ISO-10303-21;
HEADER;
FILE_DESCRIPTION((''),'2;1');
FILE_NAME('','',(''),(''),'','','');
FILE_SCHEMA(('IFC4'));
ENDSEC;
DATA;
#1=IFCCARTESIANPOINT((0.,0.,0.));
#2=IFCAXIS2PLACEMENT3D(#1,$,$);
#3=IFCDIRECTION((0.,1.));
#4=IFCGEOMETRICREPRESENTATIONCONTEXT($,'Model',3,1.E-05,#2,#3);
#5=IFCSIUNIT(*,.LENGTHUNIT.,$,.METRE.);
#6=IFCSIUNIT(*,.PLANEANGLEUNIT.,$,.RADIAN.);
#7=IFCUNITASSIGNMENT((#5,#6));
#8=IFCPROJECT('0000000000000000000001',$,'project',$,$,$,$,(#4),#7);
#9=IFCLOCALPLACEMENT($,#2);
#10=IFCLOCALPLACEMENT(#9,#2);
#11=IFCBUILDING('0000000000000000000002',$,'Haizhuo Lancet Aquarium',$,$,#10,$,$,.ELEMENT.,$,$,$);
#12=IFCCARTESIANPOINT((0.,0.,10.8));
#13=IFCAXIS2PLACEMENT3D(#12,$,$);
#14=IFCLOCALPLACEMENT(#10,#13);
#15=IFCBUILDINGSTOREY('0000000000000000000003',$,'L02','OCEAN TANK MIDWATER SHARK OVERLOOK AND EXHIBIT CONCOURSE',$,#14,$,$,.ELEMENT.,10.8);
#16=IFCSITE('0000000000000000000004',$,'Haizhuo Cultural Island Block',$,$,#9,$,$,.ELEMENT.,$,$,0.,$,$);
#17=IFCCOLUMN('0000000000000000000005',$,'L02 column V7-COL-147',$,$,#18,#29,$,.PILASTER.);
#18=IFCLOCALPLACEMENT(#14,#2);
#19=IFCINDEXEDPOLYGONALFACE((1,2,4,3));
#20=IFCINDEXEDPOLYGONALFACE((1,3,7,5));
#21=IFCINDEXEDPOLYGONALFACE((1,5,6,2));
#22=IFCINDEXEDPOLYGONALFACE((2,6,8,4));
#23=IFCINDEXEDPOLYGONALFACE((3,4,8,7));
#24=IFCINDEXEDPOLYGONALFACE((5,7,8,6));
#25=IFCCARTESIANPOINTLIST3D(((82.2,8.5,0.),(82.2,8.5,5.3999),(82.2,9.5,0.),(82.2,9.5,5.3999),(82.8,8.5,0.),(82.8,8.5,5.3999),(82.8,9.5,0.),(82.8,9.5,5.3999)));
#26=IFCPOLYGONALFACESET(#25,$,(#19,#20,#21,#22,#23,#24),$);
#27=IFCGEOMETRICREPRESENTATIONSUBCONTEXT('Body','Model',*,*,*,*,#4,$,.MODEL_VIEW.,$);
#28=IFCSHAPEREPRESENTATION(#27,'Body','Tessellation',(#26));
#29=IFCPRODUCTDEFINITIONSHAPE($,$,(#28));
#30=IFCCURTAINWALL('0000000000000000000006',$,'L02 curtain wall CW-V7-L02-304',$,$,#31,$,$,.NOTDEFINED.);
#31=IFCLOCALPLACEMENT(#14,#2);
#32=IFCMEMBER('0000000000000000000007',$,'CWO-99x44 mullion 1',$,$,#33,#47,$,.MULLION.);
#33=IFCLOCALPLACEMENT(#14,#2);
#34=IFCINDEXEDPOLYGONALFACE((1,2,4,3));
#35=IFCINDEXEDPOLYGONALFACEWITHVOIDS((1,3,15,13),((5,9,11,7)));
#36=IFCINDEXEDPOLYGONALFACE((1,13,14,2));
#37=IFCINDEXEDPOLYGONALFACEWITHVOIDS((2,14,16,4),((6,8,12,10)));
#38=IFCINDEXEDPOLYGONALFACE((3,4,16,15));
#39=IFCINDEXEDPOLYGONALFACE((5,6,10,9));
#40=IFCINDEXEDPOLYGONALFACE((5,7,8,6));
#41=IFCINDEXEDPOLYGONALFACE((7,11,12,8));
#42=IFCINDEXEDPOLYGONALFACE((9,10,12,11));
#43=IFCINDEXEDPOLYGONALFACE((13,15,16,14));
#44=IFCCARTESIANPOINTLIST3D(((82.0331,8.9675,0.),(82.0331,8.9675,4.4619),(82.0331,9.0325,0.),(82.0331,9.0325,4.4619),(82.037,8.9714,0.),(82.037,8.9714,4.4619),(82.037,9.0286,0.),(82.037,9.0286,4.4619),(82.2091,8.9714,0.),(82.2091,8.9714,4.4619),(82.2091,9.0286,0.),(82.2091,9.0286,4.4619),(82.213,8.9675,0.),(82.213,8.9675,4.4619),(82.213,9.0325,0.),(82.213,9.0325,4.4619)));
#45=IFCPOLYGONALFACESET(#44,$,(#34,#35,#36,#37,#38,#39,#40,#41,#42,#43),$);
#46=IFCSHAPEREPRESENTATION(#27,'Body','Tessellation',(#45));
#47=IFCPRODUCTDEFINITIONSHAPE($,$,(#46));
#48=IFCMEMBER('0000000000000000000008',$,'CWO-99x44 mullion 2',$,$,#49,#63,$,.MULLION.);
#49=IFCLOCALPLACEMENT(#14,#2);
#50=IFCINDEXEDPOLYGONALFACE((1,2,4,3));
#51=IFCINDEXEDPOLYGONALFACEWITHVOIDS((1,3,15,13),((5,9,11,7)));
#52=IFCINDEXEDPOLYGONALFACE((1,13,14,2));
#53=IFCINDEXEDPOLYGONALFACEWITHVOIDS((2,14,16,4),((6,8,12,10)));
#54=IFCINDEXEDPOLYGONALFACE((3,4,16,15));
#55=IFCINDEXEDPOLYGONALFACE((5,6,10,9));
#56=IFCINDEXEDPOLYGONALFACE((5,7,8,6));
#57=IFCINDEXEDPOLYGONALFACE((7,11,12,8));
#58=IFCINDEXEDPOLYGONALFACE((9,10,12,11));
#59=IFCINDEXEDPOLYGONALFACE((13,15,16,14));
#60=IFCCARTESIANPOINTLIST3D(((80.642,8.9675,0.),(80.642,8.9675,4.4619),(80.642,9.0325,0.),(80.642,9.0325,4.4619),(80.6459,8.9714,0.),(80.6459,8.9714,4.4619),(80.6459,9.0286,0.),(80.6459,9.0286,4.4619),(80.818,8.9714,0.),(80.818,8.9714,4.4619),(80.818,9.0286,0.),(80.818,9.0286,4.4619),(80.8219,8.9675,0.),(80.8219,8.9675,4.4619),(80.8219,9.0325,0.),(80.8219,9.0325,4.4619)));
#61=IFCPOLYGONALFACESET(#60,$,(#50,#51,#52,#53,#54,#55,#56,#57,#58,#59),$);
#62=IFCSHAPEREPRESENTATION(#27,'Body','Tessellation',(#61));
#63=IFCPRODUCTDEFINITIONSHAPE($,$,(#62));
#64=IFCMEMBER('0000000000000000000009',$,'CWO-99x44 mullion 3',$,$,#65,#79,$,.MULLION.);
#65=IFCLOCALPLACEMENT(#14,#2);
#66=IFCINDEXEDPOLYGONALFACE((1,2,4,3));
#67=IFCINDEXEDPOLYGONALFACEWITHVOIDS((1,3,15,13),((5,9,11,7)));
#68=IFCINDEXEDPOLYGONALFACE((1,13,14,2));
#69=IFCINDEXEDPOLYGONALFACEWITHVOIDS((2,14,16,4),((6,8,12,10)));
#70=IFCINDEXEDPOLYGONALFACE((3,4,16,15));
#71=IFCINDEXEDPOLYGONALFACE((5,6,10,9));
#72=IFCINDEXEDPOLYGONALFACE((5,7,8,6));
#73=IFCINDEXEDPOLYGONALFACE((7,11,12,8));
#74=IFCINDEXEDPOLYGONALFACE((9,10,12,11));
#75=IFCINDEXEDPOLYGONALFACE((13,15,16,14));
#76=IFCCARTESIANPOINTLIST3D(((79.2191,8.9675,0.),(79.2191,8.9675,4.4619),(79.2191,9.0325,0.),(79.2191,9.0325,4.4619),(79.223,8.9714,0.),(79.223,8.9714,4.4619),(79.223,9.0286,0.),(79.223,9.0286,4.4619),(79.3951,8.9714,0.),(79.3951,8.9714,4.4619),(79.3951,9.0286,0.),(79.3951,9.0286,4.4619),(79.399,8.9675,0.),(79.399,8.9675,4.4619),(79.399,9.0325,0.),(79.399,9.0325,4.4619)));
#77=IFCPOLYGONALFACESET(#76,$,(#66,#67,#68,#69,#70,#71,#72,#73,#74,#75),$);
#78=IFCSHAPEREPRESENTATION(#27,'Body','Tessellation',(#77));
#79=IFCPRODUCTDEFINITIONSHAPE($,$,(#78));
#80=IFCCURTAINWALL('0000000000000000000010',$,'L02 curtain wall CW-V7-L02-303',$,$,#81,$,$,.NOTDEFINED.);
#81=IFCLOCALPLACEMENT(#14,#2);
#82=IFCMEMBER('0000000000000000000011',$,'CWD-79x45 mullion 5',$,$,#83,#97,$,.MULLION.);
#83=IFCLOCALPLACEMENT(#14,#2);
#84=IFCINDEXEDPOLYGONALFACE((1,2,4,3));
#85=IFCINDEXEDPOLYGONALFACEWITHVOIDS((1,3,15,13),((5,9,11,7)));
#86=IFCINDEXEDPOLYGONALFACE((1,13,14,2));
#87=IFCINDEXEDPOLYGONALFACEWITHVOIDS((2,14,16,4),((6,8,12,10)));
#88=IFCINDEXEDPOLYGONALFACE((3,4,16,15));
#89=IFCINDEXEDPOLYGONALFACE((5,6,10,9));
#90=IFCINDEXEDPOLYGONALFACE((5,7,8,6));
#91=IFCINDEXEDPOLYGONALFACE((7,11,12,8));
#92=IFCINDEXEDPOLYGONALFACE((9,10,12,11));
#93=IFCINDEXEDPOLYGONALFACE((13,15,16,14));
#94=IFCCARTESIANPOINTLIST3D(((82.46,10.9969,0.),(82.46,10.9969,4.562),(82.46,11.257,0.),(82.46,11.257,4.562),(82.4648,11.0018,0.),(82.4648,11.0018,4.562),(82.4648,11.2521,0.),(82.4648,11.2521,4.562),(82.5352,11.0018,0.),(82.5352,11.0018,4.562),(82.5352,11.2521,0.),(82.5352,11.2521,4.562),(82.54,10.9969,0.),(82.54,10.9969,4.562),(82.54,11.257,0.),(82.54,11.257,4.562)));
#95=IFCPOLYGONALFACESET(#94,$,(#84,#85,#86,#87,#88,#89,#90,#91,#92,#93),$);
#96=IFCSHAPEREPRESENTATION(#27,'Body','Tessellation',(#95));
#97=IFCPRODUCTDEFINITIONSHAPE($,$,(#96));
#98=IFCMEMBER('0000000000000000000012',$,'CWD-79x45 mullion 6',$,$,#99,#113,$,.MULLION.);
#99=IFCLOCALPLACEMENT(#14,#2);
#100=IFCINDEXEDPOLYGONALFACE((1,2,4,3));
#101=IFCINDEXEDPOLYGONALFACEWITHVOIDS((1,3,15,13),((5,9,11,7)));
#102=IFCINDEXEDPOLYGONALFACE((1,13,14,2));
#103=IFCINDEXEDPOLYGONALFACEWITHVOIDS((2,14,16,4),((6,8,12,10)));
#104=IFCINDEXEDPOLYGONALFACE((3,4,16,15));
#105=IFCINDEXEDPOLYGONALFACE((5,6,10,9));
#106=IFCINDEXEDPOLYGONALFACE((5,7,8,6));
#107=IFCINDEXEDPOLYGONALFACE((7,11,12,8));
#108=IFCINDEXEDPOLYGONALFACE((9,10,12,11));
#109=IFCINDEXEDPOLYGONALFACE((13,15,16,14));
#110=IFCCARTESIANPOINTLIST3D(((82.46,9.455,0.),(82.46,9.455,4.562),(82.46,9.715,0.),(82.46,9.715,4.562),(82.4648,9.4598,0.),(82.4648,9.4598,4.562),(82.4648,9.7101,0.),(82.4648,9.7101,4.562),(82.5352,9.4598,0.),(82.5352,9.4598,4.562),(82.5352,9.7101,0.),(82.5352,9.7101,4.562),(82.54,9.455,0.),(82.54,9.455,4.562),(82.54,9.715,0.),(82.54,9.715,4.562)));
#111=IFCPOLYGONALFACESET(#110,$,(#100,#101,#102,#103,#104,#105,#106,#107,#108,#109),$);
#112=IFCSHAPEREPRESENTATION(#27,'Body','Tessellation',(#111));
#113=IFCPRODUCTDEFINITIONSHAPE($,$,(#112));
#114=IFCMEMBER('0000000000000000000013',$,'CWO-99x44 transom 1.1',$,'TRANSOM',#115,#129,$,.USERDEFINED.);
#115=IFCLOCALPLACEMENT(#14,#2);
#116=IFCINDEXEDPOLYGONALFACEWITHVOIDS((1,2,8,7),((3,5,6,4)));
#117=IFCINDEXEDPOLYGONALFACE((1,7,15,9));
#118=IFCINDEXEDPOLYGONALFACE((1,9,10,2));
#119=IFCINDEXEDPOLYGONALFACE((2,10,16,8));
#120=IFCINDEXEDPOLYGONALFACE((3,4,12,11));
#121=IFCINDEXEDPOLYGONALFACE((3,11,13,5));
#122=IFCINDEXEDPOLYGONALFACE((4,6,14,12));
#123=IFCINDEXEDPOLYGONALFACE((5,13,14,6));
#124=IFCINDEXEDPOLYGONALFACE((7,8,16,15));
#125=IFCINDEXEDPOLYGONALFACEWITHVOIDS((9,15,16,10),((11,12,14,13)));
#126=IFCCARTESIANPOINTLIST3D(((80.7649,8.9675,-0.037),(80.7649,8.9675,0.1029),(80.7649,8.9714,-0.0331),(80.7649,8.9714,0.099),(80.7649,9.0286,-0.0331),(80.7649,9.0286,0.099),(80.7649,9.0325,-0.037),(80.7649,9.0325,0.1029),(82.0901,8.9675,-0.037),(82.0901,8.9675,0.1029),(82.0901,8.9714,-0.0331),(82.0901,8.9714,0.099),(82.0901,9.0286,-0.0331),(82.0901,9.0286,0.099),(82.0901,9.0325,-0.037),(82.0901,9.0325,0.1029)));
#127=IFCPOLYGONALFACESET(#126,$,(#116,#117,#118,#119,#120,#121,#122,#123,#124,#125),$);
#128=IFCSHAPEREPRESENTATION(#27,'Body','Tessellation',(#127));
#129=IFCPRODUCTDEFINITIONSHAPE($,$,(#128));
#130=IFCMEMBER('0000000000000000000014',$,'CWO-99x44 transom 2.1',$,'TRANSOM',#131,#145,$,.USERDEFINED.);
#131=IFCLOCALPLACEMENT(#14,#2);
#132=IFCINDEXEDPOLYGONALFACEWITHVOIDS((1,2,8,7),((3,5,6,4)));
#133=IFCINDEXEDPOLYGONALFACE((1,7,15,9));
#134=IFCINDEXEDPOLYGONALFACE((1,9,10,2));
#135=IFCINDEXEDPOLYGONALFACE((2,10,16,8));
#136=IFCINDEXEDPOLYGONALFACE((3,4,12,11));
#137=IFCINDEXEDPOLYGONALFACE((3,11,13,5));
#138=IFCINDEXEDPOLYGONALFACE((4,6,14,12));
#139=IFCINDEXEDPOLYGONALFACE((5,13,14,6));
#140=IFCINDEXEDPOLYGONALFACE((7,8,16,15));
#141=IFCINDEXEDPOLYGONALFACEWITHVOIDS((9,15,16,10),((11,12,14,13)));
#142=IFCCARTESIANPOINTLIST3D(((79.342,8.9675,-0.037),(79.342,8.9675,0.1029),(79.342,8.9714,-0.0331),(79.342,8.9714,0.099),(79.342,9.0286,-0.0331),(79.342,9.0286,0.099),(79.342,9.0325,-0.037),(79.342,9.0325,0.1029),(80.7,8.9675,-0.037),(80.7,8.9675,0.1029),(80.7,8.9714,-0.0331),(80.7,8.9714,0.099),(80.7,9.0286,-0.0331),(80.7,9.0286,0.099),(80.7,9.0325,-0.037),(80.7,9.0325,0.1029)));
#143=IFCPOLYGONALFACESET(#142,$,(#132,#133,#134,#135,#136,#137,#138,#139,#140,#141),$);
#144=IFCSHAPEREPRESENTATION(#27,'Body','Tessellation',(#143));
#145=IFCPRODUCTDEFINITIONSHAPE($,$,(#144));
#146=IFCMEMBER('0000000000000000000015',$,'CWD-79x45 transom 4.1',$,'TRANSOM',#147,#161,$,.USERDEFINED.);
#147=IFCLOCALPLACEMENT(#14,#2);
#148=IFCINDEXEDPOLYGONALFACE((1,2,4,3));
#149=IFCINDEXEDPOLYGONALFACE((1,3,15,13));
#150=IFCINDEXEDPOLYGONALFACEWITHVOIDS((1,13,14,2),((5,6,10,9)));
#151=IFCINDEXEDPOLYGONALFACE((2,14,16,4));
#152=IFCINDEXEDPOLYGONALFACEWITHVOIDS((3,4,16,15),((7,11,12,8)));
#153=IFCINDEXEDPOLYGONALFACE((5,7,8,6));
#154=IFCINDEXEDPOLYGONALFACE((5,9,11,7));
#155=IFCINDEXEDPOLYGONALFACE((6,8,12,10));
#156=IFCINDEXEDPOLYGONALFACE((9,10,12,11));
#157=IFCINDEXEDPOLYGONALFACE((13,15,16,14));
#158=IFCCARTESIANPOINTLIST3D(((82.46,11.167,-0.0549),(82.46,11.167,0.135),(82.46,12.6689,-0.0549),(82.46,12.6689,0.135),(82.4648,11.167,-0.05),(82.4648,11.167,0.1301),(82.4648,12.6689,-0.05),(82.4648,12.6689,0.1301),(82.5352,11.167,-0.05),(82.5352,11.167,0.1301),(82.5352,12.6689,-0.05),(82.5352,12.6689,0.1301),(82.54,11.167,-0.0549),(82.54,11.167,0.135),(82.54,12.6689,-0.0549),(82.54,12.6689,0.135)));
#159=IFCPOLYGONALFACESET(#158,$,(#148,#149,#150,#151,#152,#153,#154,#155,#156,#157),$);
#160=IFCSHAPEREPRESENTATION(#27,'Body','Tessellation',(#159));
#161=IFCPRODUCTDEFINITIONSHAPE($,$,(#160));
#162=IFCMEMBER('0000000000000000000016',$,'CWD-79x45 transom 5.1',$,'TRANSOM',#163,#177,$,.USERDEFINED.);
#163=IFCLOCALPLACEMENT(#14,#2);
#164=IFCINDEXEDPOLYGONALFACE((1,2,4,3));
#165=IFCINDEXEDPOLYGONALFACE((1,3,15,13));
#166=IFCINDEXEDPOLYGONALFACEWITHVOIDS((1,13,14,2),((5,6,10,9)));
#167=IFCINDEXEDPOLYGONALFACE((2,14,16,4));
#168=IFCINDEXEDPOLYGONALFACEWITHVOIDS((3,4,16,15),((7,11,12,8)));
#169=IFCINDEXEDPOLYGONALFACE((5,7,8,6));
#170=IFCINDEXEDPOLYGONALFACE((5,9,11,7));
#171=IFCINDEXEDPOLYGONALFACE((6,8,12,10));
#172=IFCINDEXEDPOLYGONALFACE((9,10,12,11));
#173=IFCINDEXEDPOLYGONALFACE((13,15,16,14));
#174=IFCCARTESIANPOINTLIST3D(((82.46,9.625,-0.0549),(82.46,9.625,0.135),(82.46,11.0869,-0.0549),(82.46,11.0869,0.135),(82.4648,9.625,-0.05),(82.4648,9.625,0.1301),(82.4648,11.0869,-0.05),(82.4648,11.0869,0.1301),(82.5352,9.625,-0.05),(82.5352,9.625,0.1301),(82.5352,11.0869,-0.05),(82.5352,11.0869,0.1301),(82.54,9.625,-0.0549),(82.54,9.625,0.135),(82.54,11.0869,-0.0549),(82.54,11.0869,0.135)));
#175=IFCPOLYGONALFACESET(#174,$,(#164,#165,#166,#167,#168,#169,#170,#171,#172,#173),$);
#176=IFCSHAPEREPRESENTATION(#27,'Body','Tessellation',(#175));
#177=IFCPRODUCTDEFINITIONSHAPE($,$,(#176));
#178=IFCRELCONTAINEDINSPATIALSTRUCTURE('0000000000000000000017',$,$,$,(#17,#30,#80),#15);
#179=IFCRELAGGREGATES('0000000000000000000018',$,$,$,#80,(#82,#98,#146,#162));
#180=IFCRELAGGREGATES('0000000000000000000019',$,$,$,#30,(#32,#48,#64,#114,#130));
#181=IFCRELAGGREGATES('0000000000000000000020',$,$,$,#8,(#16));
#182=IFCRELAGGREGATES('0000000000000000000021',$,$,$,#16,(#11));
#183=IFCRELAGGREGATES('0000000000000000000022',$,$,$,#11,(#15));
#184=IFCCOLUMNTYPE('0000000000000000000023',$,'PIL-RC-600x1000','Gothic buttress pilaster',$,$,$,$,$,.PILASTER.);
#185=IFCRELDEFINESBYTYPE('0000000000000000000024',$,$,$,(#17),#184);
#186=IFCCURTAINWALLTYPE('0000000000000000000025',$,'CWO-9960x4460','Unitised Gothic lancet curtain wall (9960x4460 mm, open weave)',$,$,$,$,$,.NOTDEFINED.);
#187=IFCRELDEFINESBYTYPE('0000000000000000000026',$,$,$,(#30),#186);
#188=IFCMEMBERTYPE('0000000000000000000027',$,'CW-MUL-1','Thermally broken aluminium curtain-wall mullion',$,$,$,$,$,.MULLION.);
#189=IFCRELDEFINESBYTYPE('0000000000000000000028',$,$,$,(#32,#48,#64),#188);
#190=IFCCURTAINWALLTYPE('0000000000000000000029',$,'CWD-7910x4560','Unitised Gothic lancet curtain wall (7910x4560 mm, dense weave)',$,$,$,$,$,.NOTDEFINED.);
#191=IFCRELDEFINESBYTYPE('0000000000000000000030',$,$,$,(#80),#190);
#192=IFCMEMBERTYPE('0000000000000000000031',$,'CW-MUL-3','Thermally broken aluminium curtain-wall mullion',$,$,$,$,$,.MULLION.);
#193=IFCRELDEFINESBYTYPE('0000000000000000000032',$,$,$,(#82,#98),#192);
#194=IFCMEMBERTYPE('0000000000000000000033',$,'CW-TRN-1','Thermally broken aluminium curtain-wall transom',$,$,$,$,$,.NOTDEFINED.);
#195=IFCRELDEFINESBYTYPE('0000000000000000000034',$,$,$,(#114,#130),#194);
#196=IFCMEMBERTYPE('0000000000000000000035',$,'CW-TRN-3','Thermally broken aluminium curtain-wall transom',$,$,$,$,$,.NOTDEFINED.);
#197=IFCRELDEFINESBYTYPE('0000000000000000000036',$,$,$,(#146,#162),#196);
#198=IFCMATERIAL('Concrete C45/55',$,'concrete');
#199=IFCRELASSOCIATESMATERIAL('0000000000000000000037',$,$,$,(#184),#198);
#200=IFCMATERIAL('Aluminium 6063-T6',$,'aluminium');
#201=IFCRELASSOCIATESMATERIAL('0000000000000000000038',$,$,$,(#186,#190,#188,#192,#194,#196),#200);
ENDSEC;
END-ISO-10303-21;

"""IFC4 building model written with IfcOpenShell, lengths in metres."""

from ifc_helpers import new_model, si_unit, direction, frame, origin, origin_2d, place, context, subcontext, project, spatial, rectangle, hollow_rectangle, extrude, material, material_profile, profile_set, type_object, element, aggregate, save


model = new_model("IFC4")

# Units and contexts
model_context = context("Model", 3, precision=1e-05, world=origin(), true_north=direction((0.0, 1.0)))
body_context = subcontext(model_context, "Body", "Model", "MODEL_VIEW")
ifc_project = project(units=[si_unit("LENGTHUNIT", "METRE"), si_unit("PLANEANGLEUNIT", "RADIAN")], contexts=[model_context])

# Site, building, storey
site_placement = place(None, origin())
site = spatial("IfcSite", under=ifc_project, at=site_placement, Name="Haizhuo Cultural Island Block", CompositionType="ELEMENT", RefElevation=0.0)
building_placement = place(site_placement, origin())
building = spatial("IfcBuilding", under=site, at=building_placement, Name="Haizhuo Lancet Aquarium", CompositionType="ELEMENT")
storey_placement = place(building_placement, frame((0.0, 0.0, 10.8)))
storey = spatial("IfcBuildingStorey", under=building, at=storey_placement, Name="L02", Description="OCEAN TANK MIDWATER SHARK OVERLOOK AND EXHIBIT CONCOURSE", CompositionType="ELEMENT", Elevation=10.8)

# Column
ifc_material_1 = material(Name="Concrete C45/55", Category="concrete")
ifc_material_profile_1 = material_profile(ifc_material_1, rectangle(XDim=0.6001, YDim=1.0, at=origin_2d()), Name="RC-PIL 600x1000")
ifc_profile_set_1 = profile_set([ifc_material_profile_1], Name="Concrete C45/55")
column_type = type_object("IfcColumnType", Name="PIL-RC-600x1000", Description="Gothic buttress pilaster", PredefinedType="PILASTER", material=ifc_profile_set_1)
column_placement = place(storey_placement, frame((82.5, 9.0, 0.0), z_axis=(0.0, 0.0, 1.0), x_axis=(1.0, 0.0, 0.0)))
element("IfcColumn", 1, at=column_placement, inside=storey, type_object=column_type, Name="L02 column V7-COL-147", PredefinedType="PILASTER", context=body_context, shape_type="SweptSolid", body=[
    extrude(rectangle(XDim=0.6001, YDim=1.0, at=origin_2d()), origin(), (0.0, 0.0, 1.0), 5.3999),
])

# Curtain walls, members
ifc_material_2 = material(Name="Aluminium 6063-T6", Category="aluminium")
curtain_wall_type_1 = type_object("IfcCurtainWallType", Name="CWO-9960x4460", Description="Unitised Gothic lancet curtain wall (9960x4460 mm, open weave)", PredefinedType="NOTDEFINED", material=ifc_material_2)
curtain_wall_1_placement = place(storey_placement, origin())
curtain_wall_1 = element("IfcCurtainWall", 2, at=curtain_wall_1_placement, inside=storey, type_object=curtain_wall_type_1, Name="L02 curtain wall CW-V7-L02-304", PredefinedType="NOTDEFINED")
ifc_material_profile_2 = material_profile(ifc_material_2, hollow_rectangle(XDim=0.0649, YDim=0.1799, WallThickness=0.0039, at=origin_2d()), Name="ALU-M 65x180x4")
ifc_profile_set_2 = profile_set([ifc_material_profile_2], Name="Aluminium 6063-T6")
member_type_1 = type_object("IfcMemberType", Name="CW-MUL-1", Description="Thermally broken aluminium curtain-wall mullion", PredefinedType="MULLION", material=ifc_profile_set_2)
member_1_placement = place(storey_placement, frame((82.123, 9.0, 0.0), z_axis=(0.0, 0.0, 1.0), x_axis=(0.0, -1.0, 0.0)))
member_1 = element("IfcMember", 3, at=member_1_placement, type_object=member_type_1, Name="CWO-99x44 mullion 1", PredefinedType="MULLION", context=body_context, shape_type="SweptSolid", body=[
    extrude(hollow_rectangle(XDim=0.0649, YDim=0.1799, WallThickness=0.0039, at=origin_2d()), origin(), (0.0, 0.0, 1.0), 4.4619),
])
member_2_placement = place(storey_placement, frame((80.7319, 9.0, 0.0), z_axis=(0.0, 0.0, 1.0), x_axis=(0.0, -1.0, 0.0)))
member_2 = element("IfcMember", 4, at=member_2_placement, type_object=member_type_1, Name="CWO-99x44 mullion 2", PredefinedType="MULLION", context=body_context, shape_type="SweptSolid", body=[
    extrude(hollow_rectangle(XDim=0.0649, YDim=0.1799, WallThickness=0.0039, at=origin_2d()), origin(), (0.0, 0.0, 1.0), 4.4619),
])
member_3_placement = place(storey_placement, frame((79.3091, 9.0, 0.0), z_axis=(0.0, 0.0, 1.0), x_axis=(0.0, -1.0, 0.0)))
member_3 = element("IfcMember", 5, at=member_3_placement, type_object=member_type_1, Name="CWO-99x44 mullion 3", PredefinedType="MULLION", context=body_context, shape_type="SweptSolid", body=[
    extrude(hollow_rectangle(XDim=0.0649, YDim=0.1799, WallThickness=0.0039, at=origin_2d()), origin(), (0.0, 0.0, 1.0), 4.4619),
])
curtain_wall_type_2 = type_object("IfcCurtainWallType", Name="CWD-7910x4560", Description="Unitised Gothic lancet curtain wall (7910x4560 mm, dense weave)", PredefinedType="NOTDEFINED", material=ifc_material_2)
curtain_wall_2_placement = place(storey_placement, origin())
curtain_wall_2 = element("IfcCurtainWall", 6, at=curtain_wall_2_placement, inside=storey, type_object=curtain_wall_type_2, Name="L02 curtain wall CW-V7-L02-303", PredefinedType="NOTDEFINED")
ifc_material_profile_3 = material_profile(ifc_material_2, hollow_rectangle(XDim=0.0801, YDim=0.26, WallThickness=0.0049, at=origin_2d()), Name="ALU-M 80x260x5")
ifc_profile_set_3 = profile_set([ifc_material_profile_3], Name="Aluminium 6063-T6")
member_type_2 = type_object("IfcMemberType", Name="CW-MUL-3", Description="Thermally broken aluminium curtain-wall mullion", PredefinedType="MULLION", material=ifc_profile_set_3)
member_4_placement = place(storey_placement, frame((82.5, 11.127, 0.0), z_axis=(0.0, 0.0, 1.0), x_axis=(1.0, 0.0, 0.0)))
member_4 = element("IfcMember", 7, at=member_4_placement, type_object=member_type_2, Name="CWD-79x45 mullion 5", PredefinedType="MULLION", context=body_context, shape_type="SweptSolid", body=[
    extrude(hollow_rectangle(XDim=0.0801, YDim=0.26, WallThickness=0.0049, at=origin_2d()), origin(), (0.0, 0.0, 1.0), 4.562),
])
member_5_placement = place(storey_placement, frame((82.5, 9.585, 0.0), z_axis=(0.0, 0.0, 1.0), x_axis=(1.0, 0.0, 0.0)))
member_5 = element("IfcMember", 8, at=member_5_placement, type_object=member_type_2, Name="CWD-79x45 mullion 6", PredefinedType="MULLION", context=body_context, shape_type="SweptSolid", body=[
    extrude(hollow_rectangle(XDim=0.0801, YDim=0.26, WallThickness=0.0049, at=origin_2d()), origin(), (0.0, 0.0, 1.0), 4.562),
])

# Members
ifc_material_profile_4 = material_profile(ifc_material_2, hollow_rectangle(XDim=0.0649, YDim=0.1399, WallThickness=0.0039, at=origin_2d()), Name="ALU-T 65x140x4")
ifc_profile_set_4 = profile_set([ifc_material_profile_4], Name="Aluminium 6063-T6")
member_type_3 = type_object("IfcMemberType", Name="CW-TRN-1", Description="Thermally broken aluminium curtain-wall transom", PredefinedType="NOTDEFINED", material=ifc_profile_set_4)
member_6_placement = place(storey_placement, frame((82.0901, 9.0, 0.033), z_axis=(-1.0, 0.0, 0.0), x_axis=(0.0, -1.0, 0.0)))
member_6 = element("IfcMember", 9, at=member_6_placement, type_object=member_type_3, Name="CWO-99x44 transom 1.1", ObjectType="TRANSOM", PredefinedType="USERDEFINED", context=body_context, shape_type="SweptSolid", body=[
    extrude(hollow_rectangle(XDim=0.0649, YDim=0.1399, WallThickness=0.0039, at=origin_2d()), origin(), (0.0, 0.0, 1.0), 1.3252),
])
member_7_placement = place(storey_placement, frame((80.7, 9.0, 0.033), z_axis=(-1.0, 0.0, 0.0), x_axis=(0.0, -1.0, 0.0)))
member_7 = element("IfcMember", 10, at=member_7_placement, type_object=member_type_3, Name="CWO-99x44 transom 2.1", ObjectType="TRANSOM", PredefinedType="USERDEFINED", context=body_context, shape_type="SweptSolid", body=[
    extrude(hollow_rectangle(XDim=0.0649, YDim=0.1399, WallThickness=0.0039, at=origin_2d()), origin(), (0.0, 0.0, 1.0), 1.3579),
])
ifc_material_profile_5 = material_profile(ifc_material_2, hollow_rectangle(XDim=0.0801, YDim=0.1899, WallThickness=0.0049, at=origin_2d()), Name="ALU-T 80x190x5")
ifc_profile_set_5 = profile_set([ifc_material_profile_5], Name="Aluminium 6063-T6")
member_type_4 = type_object("IfcMemberType", Name="CW-TRN-3", Description="Thermally broken aluminium curtain-wall transom", PredefinedType="NOTDEFINED", material=ifc_profile_set_5)
member_8_placement = place(storey_placement, frame((82.5, 12.6689, 0.04), z_axis=(0.0, -1.0, 0.0), x_axis=(1.0, 0.0, 0.0)))
member_8 = element("IfcMember", 11, at=member_8_placement, type_object=member_type_4, Name="CWD-79x45 transom 4.1", ObjectType="TRANSOM", PredefinedType="USERDEFINED", context=body_context, shape_type="SweptSolid", body=[
    extrude(hollow_rectangle(XDim=0.0801, YDim=0.1899, WallThickness=0.0049, at=origin_2d()), origin(), (0.0, 0.0, 1.0), 1.502),
])
member_9_placement = place(storey_placement, frame((82.5, 11.0869, 0.04), z_axis=(0.0, -1.0, 0.0), x_axis=(1.0, 0.0, 0.0)))
member_9 = element("IfcMember", 12, at=member_9_placement, type_object=member_type_4, Name="CWD-79x45 transom 5.1", ObjectType="TRANSOM", PredefinedType="USERDEFINED", context=body_context, shape_type="SweptSolid", body=[
    extrude(hollow_rectangle(XDim=0.0801, YDim=0.1899, WallThickness=0.0049, at=origin_2d()), origin(), (0.0, 0.0, 1.0), 1.4619),
])

aggregate(curtain_wall_2, [member_4, member_5, member_8, member_9])
aggregate(curtain_wall_1, [member_1, member_2, member_3, member_6, member_7])

save(model, "model.ifc")
